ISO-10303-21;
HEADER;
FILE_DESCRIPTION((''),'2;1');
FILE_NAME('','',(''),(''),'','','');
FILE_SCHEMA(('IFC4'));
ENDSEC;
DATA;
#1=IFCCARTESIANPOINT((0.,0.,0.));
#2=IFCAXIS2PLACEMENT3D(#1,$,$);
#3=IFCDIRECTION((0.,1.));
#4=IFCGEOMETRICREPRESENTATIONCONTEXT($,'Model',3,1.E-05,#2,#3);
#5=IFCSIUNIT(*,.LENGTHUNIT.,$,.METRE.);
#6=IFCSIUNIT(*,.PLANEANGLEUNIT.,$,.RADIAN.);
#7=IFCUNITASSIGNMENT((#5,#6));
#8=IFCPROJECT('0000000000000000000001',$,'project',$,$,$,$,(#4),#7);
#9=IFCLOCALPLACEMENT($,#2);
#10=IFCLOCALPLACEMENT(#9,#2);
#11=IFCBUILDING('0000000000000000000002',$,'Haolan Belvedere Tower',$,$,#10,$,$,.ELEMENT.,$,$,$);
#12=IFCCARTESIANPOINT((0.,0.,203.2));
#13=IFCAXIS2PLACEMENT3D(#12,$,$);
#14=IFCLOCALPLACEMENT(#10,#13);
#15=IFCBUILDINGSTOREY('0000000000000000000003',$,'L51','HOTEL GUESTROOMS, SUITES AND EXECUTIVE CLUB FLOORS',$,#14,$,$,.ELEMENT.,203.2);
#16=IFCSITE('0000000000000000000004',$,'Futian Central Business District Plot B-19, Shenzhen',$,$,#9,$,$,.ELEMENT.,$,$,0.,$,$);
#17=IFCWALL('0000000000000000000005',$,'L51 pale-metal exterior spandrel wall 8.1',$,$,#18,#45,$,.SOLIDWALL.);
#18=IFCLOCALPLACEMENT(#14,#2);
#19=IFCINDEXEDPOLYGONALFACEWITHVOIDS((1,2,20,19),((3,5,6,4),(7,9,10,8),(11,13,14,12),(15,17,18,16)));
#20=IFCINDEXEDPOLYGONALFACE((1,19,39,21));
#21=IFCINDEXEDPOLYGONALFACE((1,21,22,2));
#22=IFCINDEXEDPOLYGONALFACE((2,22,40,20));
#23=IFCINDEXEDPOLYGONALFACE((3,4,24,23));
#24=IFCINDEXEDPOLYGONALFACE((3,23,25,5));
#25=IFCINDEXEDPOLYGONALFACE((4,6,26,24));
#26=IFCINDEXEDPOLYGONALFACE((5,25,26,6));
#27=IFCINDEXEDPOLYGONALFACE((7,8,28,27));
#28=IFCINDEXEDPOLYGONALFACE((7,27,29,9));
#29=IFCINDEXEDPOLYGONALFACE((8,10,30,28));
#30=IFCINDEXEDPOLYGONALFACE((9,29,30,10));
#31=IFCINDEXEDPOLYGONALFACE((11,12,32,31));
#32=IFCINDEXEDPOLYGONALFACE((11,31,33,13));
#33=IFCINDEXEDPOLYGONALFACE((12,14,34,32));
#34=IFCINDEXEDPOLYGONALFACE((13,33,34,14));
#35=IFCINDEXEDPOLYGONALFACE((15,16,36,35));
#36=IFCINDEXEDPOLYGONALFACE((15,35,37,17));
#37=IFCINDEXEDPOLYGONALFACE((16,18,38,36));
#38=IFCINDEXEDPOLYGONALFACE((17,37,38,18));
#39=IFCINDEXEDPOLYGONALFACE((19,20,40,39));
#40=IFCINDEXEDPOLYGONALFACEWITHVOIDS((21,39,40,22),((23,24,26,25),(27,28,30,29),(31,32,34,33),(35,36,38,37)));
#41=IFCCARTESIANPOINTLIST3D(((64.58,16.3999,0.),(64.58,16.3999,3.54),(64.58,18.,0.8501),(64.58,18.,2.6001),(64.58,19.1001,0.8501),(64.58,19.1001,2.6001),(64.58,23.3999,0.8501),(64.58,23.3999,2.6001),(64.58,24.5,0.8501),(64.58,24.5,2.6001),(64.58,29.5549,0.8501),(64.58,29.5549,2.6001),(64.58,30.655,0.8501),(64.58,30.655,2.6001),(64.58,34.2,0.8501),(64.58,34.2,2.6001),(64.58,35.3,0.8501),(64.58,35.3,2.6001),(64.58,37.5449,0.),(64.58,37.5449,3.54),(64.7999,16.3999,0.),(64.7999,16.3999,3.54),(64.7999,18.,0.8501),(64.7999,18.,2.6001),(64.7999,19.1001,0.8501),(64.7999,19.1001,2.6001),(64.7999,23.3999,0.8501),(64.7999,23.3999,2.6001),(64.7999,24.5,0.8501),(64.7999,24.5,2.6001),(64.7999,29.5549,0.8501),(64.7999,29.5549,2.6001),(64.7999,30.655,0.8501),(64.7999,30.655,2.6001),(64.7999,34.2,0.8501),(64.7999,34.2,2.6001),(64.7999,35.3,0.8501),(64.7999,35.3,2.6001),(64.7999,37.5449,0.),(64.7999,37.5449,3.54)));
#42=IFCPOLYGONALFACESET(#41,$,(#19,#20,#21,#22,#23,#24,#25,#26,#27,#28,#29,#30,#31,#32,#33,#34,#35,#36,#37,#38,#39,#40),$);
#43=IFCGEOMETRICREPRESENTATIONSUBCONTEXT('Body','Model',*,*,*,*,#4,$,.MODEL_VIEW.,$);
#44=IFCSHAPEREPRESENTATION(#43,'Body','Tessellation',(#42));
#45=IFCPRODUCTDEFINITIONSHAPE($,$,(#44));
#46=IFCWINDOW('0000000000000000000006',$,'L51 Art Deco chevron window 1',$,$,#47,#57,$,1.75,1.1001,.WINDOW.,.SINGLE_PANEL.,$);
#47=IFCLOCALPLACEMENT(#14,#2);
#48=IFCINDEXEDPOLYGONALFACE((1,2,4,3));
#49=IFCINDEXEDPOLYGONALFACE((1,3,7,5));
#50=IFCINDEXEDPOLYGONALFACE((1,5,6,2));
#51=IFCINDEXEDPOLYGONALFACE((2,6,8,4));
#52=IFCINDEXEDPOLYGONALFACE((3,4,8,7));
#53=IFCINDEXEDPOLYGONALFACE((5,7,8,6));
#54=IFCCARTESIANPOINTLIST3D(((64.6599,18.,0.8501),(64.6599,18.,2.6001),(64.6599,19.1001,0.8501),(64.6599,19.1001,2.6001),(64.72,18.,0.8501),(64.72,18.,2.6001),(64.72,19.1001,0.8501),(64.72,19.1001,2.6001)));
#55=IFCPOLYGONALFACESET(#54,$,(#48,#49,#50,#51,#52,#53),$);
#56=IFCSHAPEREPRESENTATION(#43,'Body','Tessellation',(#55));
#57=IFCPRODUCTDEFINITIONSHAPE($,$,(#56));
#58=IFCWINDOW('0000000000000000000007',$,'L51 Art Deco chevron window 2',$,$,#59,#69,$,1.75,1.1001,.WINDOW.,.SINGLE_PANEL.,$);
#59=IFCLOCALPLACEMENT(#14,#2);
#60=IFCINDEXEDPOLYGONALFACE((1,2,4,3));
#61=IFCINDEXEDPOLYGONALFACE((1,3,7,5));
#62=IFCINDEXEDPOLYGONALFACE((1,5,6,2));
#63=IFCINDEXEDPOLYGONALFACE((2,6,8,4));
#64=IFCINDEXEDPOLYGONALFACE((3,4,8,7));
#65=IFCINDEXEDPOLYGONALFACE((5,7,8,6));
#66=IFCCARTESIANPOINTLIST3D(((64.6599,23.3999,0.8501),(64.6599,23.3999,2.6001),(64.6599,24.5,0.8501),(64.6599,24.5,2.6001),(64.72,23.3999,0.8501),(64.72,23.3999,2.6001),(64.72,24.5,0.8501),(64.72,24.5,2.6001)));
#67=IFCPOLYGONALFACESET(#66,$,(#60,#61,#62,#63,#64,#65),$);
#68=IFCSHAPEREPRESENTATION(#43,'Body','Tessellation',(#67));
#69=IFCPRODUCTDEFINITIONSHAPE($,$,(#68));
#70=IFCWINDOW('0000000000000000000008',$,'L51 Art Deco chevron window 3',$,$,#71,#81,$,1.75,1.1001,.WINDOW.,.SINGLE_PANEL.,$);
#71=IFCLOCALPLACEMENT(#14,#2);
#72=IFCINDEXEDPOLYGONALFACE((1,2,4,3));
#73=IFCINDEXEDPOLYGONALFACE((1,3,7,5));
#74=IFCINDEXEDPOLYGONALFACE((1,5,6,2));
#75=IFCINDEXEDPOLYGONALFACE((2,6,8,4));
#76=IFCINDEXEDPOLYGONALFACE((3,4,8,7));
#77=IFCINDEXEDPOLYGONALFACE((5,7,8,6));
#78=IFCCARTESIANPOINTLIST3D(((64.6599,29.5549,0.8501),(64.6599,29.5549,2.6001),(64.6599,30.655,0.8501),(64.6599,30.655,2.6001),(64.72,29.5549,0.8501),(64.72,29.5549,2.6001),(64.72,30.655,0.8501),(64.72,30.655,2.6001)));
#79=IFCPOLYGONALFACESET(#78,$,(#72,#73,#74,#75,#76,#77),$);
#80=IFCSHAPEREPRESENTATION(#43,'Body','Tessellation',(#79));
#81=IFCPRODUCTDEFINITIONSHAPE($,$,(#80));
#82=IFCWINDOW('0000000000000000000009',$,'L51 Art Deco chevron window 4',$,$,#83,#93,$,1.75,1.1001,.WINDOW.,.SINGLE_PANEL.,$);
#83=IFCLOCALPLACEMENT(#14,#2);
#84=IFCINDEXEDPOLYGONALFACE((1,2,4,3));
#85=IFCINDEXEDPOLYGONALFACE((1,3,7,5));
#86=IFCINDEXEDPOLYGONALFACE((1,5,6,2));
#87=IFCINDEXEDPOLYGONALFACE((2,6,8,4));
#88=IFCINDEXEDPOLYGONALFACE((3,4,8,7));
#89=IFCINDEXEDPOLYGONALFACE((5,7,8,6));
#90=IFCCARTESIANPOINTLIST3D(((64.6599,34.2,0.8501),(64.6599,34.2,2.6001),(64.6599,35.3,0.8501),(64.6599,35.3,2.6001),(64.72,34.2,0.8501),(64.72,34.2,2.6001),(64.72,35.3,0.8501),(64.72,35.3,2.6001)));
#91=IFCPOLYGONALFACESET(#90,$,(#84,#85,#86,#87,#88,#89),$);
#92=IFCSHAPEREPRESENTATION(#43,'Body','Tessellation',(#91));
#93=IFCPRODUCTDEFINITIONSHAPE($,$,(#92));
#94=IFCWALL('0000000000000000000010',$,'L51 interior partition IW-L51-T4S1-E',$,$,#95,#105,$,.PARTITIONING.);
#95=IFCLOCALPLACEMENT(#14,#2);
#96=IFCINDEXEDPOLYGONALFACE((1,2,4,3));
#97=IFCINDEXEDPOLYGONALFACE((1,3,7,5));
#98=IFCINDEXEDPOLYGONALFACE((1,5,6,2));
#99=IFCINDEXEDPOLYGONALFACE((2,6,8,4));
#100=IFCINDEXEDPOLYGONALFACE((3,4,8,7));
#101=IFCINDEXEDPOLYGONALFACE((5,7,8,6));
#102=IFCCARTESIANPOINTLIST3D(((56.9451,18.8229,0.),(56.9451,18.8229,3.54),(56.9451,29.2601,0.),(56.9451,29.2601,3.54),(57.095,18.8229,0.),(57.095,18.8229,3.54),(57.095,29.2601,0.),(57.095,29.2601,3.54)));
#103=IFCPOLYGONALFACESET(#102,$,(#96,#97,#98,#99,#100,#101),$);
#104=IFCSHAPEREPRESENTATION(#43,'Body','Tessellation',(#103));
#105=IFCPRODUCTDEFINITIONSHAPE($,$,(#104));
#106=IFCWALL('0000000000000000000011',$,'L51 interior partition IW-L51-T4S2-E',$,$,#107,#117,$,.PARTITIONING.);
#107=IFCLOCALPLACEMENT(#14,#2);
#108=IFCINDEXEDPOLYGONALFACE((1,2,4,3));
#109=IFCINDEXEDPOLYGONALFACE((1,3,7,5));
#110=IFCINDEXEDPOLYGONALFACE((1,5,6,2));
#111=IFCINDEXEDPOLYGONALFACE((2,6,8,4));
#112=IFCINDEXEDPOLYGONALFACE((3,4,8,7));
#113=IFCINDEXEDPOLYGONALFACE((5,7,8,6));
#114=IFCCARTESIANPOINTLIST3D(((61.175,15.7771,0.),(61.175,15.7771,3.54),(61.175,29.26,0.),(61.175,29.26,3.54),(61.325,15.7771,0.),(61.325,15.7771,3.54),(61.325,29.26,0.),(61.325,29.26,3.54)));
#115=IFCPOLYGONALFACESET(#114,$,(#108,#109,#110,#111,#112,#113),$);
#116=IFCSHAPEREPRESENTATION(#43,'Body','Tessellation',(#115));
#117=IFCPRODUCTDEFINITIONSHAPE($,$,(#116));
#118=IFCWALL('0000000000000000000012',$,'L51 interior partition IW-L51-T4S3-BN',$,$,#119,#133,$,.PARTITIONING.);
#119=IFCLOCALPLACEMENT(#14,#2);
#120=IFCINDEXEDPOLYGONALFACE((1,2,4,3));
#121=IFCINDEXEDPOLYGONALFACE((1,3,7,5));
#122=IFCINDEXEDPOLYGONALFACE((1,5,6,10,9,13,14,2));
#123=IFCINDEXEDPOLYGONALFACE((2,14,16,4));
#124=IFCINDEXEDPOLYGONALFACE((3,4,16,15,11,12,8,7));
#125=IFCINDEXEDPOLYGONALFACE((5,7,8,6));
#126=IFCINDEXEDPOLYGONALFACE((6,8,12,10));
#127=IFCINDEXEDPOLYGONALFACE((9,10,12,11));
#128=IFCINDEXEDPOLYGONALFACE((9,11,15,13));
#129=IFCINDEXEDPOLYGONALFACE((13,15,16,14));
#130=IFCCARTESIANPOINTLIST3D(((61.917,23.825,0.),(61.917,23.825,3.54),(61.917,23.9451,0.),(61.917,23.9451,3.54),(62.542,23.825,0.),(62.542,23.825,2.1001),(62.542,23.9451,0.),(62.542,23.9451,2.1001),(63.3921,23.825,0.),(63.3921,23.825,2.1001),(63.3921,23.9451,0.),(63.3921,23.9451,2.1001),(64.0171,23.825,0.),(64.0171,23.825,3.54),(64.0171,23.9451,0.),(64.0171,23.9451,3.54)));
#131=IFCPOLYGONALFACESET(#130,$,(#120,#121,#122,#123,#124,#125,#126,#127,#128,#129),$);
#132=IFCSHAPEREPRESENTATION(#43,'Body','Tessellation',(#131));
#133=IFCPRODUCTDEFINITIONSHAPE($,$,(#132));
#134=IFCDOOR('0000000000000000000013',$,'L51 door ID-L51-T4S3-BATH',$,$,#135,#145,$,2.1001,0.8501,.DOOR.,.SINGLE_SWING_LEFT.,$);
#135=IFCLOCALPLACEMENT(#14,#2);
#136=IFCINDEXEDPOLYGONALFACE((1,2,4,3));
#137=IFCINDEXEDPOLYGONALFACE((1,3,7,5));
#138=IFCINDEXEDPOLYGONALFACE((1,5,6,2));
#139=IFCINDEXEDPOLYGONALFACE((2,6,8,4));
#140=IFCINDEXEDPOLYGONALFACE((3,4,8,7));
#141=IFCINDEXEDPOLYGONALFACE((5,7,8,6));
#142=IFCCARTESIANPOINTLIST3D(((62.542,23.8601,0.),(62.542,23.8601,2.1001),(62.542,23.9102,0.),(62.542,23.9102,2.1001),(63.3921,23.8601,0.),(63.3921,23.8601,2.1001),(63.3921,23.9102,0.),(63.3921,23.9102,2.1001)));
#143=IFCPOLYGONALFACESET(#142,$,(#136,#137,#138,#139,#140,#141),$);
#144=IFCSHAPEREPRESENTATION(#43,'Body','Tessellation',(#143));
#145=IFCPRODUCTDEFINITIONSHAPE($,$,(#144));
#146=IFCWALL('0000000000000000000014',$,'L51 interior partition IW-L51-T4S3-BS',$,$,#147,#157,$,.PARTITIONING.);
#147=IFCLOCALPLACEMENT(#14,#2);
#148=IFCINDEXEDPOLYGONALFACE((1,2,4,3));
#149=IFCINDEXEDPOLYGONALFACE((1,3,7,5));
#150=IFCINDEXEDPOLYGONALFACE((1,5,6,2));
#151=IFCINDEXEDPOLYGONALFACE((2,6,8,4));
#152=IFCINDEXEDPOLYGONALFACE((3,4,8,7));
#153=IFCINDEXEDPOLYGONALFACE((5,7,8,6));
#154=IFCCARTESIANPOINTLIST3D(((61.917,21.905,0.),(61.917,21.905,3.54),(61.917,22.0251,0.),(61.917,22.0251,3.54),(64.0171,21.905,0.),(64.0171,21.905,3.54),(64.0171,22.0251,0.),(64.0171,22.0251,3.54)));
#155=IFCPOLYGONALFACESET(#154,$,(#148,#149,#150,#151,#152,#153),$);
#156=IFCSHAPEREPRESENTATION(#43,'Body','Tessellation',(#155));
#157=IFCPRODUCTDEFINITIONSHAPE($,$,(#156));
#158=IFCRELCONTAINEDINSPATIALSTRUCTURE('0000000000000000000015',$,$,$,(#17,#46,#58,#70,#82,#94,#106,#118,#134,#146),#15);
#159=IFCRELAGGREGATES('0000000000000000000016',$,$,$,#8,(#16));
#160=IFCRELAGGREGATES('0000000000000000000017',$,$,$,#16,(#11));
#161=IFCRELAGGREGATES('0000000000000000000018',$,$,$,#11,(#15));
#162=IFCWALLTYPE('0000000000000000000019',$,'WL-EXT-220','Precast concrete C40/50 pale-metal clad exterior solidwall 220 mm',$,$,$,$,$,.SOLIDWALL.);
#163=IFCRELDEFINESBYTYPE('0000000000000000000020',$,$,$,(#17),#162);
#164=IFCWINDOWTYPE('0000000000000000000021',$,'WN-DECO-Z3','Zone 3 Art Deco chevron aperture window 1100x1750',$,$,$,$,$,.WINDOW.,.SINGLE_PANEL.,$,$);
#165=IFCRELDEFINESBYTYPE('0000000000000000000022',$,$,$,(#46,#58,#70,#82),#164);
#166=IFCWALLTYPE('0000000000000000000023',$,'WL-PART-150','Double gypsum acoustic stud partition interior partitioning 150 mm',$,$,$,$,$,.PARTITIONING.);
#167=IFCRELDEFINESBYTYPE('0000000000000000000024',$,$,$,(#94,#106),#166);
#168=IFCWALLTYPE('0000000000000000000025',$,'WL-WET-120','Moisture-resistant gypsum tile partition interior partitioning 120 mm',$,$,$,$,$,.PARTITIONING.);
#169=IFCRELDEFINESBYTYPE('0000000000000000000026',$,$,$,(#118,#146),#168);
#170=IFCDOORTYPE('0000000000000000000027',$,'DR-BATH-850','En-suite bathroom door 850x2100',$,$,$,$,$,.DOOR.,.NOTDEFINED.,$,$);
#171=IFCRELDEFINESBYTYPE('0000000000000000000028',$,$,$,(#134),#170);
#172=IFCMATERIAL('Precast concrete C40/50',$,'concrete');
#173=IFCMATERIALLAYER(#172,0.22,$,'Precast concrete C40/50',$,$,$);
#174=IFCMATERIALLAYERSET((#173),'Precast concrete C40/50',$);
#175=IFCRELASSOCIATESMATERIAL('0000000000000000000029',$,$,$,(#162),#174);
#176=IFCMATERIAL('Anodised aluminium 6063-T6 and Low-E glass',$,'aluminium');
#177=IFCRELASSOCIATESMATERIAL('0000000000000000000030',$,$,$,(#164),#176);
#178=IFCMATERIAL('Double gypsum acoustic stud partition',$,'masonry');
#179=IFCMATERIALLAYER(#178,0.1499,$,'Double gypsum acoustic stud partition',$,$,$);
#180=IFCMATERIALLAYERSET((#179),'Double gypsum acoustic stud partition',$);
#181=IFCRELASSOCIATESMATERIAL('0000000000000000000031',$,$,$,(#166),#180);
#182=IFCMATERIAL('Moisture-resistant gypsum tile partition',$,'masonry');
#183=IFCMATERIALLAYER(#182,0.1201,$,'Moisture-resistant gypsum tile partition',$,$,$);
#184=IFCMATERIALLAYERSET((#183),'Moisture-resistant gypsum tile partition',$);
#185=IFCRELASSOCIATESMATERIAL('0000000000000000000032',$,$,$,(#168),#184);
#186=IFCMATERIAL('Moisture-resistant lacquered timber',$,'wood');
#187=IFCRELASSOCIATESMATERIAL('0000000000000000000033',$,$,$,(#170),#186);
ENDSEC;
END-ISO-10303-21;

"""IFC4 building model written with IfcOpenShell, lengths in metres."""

from ifc_helpers import new_model, si_unit, direction, frame, frame_2d, origin, place, context, subcontext, project, spatial, rectangle, extrude, material, layer, layer_set, type_object, element, fill, save


model = new_model("IFC4")

# Units and contexts
model_context = context("Model", 3, precision=1e-05, world=origin(), true_north=direction((0.0, 1.0)))
body_context = subcontext(model_context, "Body", "Model", "MODEL_VIEW")
ifc_project = project(units=[si_unit("LENGTHUNIT", "METRE"), si_unit("PLANEANGLEUNIT", "RADIAN")], contexts=[model_context])

# Site, building, storey
site_placement = place(None, origin())
site = spatial("IfcSite", under=ifc_project, at=site_placement, Name="Futian Central Business District Plot B-19, Shenzhen", CompositionType="ELEMENT", RefElevation=0.0)
building_placement = place(site_placement, origin())
building = spatial("IfcBuilding", under=site, at=building_placement, Name="Haolan Belvedere Tower", CompositionType="ELEMENT")
storey_placement = place(building_placement, frame((0.0, 0.0, 203.2)))
storey = spatial("IfcBuildingStorey", under=building, at=storey_placement, Name="L51", Description="HOTEL GUESTROOMS, SUITES AND EXECUTIVE CLUB FLOORS", CompositionType="ELEMENT", Elevation=203.2)

# Shared definitions
ifc_material_1 = material(Name="Precast concrete C40/50", Category="concrete")
ifc_layer_1 = layer(ifc_material_1, 0.22, Name="Precast concrete C40/50")
ifc_layer_set_1 = layer_set([ifc_layer_1], Name="Precast concrete C40/50")
wall_type_1 = type_object("IfcWallType", Name="WL-EXT-220", Description="Precast concrete C40/50 pale-metal clad exterior solidwall 220 mm", PredefinedType="SOLIDWALL", material=ifc_layer_set_1)
ifc_material_2 = material(Name="Anodised aluminium 6063-T6 and Low-E glass", Category="aluminium")
window_type = type_object("IfcWindowType", Name="WN-DECO-Z3", Description="Zone 3 Art Deco chevron aperture window 1100x1750", PartitioningType="SINGLE_PANEL", PredefinedType="WINDOW", material=ifc_material_2)

# Wall, openings, windows
wall_1_placement = place(storey_placement, frame((64.6899, 16.3999, 0.0), z_axis=(0.0, 0.0, 1.0), x_axis=(0.0, 1.0, 0.0)))
wall_1 = element("IfcWall", 1, at=wall_1_placement, inside=storey, type_object=wall_type_1, Name="L51 pale-metal exterior spandrel wall 8.1", PredefinedType="SOLIDWALL", context=body_context, shape_type="SweptSolid", body=[
    extrude(rectangle(XDim=21.145, YDim=0.22, at=frame_2d((10.5725, 0.0))), origin(), (0.0, 0.0, 1.0), 3.54),
])
opening_1_placement = place(wall_1_placement, frame((1.6001, 0.0, 0.8501)))
opening_1 = element("IfcOpeningElement", 2, at=opening_1_placement, cuts=wall_1, PredefinedType="OPENING", context=body_context, shape_type="SweptSolid", body=[
    extrude(rectangle(XDim=1.1001, YDim=1.75, at=frame_2d((0.55, 0.875))), frame((0.0, 0.1199, 0.0), z_axis=(0.0, -1.0, 0.0), x_axis=(1.0, 0.0, 0.0)), (0.0, 0.0, 1.0), 0.24),
])
opening_2_placement = place(wall_1_placement, frame((7.0, 0.0, 0.8501)))
opening_2 = element("IfcOpeningElement", 3, at=opening_2_placement, cuts=wall_1, PredefinedType="OPENING", context=body_context, shape_type="SweptSolid", body=[
    extrude(rectangle(XDim=1.1001, YDim=1.75, at=frame_2d((0.55, 0.875))), frame((0.0, 0.1199, 0.0), z_axis=(0.0, -1.0, 0.0), x_axis=(1.0, 0.0, 0.0)), (0.0, 0.0, 1.0), 0.24),
])
opening_3_placement = place(wall_1_placement, frame((13.155, 0.0, 0.8501)))
opening_3 = element("IfcOpeningElement", 4, at=opening_3_placement, cuts=wall_1, PredefinedType="OPENING", context=body_context, shape_type="SweptSolid", body=[
    extrude(rectangle(XDim=1.1001, YDim=1.75, at=frame_2d((0.55, 0.875))), frame((0.0, 0.1199, 0.0), z_axis=(0.0, -1.0, 0.0), x_axis=(1.0, 0.0, 0.0)), (0.0, 0.0, 1.0), 0.24),
])
opening_4_placement = place(wall_1_placement, frame((17.8, 0.0, 0.8501)))
opening_4 = element("IfcOpeningElement", 5, at=opening_4_placement, cuts=wall_1, PredefinedType="OPENING", context=body_context, shape_type="SweptSolid", body=[
    extrude(rectangle(XDim=1.1001, YDim=1.75, at=frame_2d((0.55, 0.875))), frame((0.0, 0.1199, 0.0), z_axis=(0.0, -1.0, 0.0), x_axis=(1.0, 0.0, 0.0)), (0.0, 0.0, 1.0), 0.24),
])
window_1_placement = place(opening_1_placement, origin())
window_1 = element("IfcWindow", 6, at=window_1_placement, inside=storey, type_object=window_type, Name="L51 Art Deco chevron window 1", OverallHeight=1.75, OverallWidth=1.1001, PartitioningType="SINGLE_PANEL", PredefinedType="WINDOW", context=body_context, shape_type="SweptSolid", body=[
    extrude(rectangle(XDim=1.1001, YDim=1.75, at=frame_2d((0.55, 0.875))), frame((0.0, 0.03, 0.0), z_axis=(0.0, -1.0, 0.0), x_axis=(1.0, 0.0, 0.0)), (0.0, 0.0, 1.0), 0.0601),
])
fill(opening_1, window_1)
window_2_placement = place(opening_2_placement, origin())
window_2 = element("IfcWindow", 7, at=window_2_placement, inside=storey, type_object=window_type, Name="L51 Art Deco chevron window 2", OverallHeight=1.75, OverallWidth=1.1001, PartitioningType="SINGLE_PANEL", PredefinedType="WINDOW", context=body_context, shape_type="SweptSolid", body=[
    extrude(rectangle(XDim=1.1001, YDim=1.75, at=frame_2d((0.55, 0.875))), frame((0.0, 0.03, 0.0), z_axis=(0.0, -1.0, 0.0), x_axis=(1.0, 0.0, 0.0)), (0.0, 0.0, 1.0), 0.0601),
])
fill(opening_2, window_2)
window_3_placement = place(opening_3_placement, origin())
window_3 = element("IfcWindow", 8, at=window_3_placement, inside=storey, type_object=window_type, Name="L51 Art Deco chevron window 3", OverallHeight=1.75, OverallWidth=1.1001, PartitioningType="SINGLE_PANEL", PredefinedType="WINDOW", context=body_context, shape_type="SweptSolid", body=[
    extrude(rectangle(XDim=1.1001, YDim=1.75, at=frame_2d((0.55, 0.875))), frame((0.0, 0.03, 0.0), z_axis=(0.0, -1.0, 0.0), x_axis=(1.0, 0.0, 0.0)), (0.0, 0.0, 1.0), 0.0601),
])
fill(opening_3, window_3)
window_4_placement = place(opening_4_placement, origin())
window_4 = element("IfcWindow", 9, at=window_4_placement, inside=storey, type_object=window_type, Name="L51 Art Deco chevron window 4", OverallHeight=1.75, OverallWidth=1.1001, PartitioningType="SINGLE_PANEL", PredefinedType="WINDOW", context=body_context, shape_type="SweptSolid", body=[
    extrude(rectangle(XDim=1.1001, YDim=1.75, at=frame_2d((0.55, 0.875))), frame((0.0, 0.03, 0.0), z_axis=(0.0, -1.0, 0.0), x_axis=(1.0, 0.0, 0.0)), (0.0, 0.0, 1.0), 0.0601),
])
fill(opening_4, window_4)

# Walls
ifc_material_3 = material(Name="Double gypsum acoustic stud partition", Category="masonry")
ifc_layer_2 = layer(ifc_material_3, 0.1499, Name="Double gypsum acoustic stud partition")
ifc_layer_set_2 = layer_set([ifc_layer_2], Name="Double gypsum acoustic stud partition")
wall_type_2 = type_object("IfcWallType", Name="WL-PART-150", Description="Double gypsum acoustic stud partition interior partitioning 150 mm", PredefinedType="PARTITIONING", material=ifc_layer_set_2)
wall_2_placement = place(storey_placement, frame((57.02, 18.8228, 0.0), z_axis=(0.0, 0.0, 1.0), x_axis=(0.0, 1.0, 0.0)))
element("IfcWall", 10, at=wall_2_placement, inside=storey, type_object=wall_type_2, Name="L51 interior partition IW-L51-T4S1-E", PredefinedType="PARTITIONING", context=body_context, shape_type="SweptSolid", body=[
    extrude(rectangle(XDim=10.4373, YDim=0.1499, at=frame_2d((5.2188, 0.0))), origin(), (0.0, 0.0, 1.0), 3.54),
])
wall_3_placement = place(storey_placement, frame((61.25, 15.7771, 0.0), z_axis=(0.0, 0.0, 1.0), x_axis=(0.0, 1.0, 0.0)))
element("IfcWall", 11, at=wall_3_placement, inside=storey, type_object=wall_type_2, Name="L51 interior partition IW-L51-T4S2-E", PredefinedType="PARTITIONING", context=body_context, shape_type="SweptSolid", body=[
    extrude(rectangle(XDim=13.4829, YDim=0.1499, at=frame_2d((6.7415, 0.0))), origin(), (0.0, 0.0, 1.0), 3.54),
])

# Wall, opening, door
ifc_material_4 = material(Name="Moisture-resistant gypsum tile partition", Category="masonry")
ifc_layer_3 = layer(ifc_material_4, 0.1201, Name="Moisture-resistant gypsum tile partition")
ifc_layer_set_3 = layer_set([ifc_layer_3], Name="Moisture-resistant gypsum tile partition")
wall_type_3 = type_object("IfcWallType", Name="WL-WET-120", Description="Moisture-resistant gypsum tile partition interior partitioning 120 mm", PredefinedType="PARTITIONING", material=ifc_layer_set_3)
wall_4_placement = place(storey_placement, frame((61.917, 23.885, 0.0), z_axis=(0.0, 0.0, 1.0), x_axis=(1.0, 0.0, 0.0)))
wall_4 = element("IfcWall", 12, at=wall_4_placement, inside=storey, type_object=wall_type_3, Name="L51 interior partition IW-L51-T4S3-BN", PredefinedType="PARTITIONING", context=body_context, shape_type="SweptSolid", body=[
    extrude(rectangle(XDim=2.1001, YDim=0.1201, at=frame_2d((1.05, 0.0))), origin(), (0.0, 0.0, 1.0), 3.54),
])
opening_5_placement = place(wall_4_placement, frame((1.4751, 0.0, 0.0), z_axis=(0.0, 0.0, 1.0), x_axis=(-1.0, 0.0, 0.0)))
opening_5 = element("IfcOpeningElement", 13, at=opening_5_placement, cuts=wall_4, PredefinedType="OPENING", context=body_context, shape_type="SweptSolid", body=[
    extrude(rectangle(XDim=0.8501, YDim=2.1001, at=frame_2d((0.425, 1.05))), frame((0.0, 0.0701, 0.0), z_axis=(0.0, -1.0, 0.0), x_axis=(1.0, 0.0, 0.0)), (0.0, 0.0, 1.0), 0.1401),
])
ifc_material_5 = material(Name="Moisture-resistant lacquered timber", Category="wood")
door_type = type_object("IfcDoorType", Name="DR-BATH-850", Description="En-suite bathroom door 850x2100", OperationType="NOTDEFINED", PredefinedType="DOOR", material=ifc_material_5)
door_placement = place(opening_5_placement, origin())
door = element("IfcDoor", 14, at=door_placement, inside=storey, type_object=door_type, Name="L51 door ID-L51-T4S3-BATH", OperationType="SINGLE_SWING_LEFT", OverallHeight=2.1001, OverallWidth=0.8501, PredefinedType="DOOR", context=body_context, shape_type="SweptSolid", body=[
    extrude(rectangle(XDim=0.8501, YDim=2.1001, at=frame_2d((0.425, 1.05))), frame((0.0, 0.0249, 0.0), z_axis=(0.0, -1.0, 0.0), x_axis=(1.0, 0.0, 0.0)), (0.0, 0.0, 1.0), 0.05),
])
fill(opening_5, door)

# Wall
wall_5_placement = place(storey_placement, frame((61.917, 21.9651, 0.0), z_axis=(0.0, 0.0, 1.0), x_axis=(1.0, 0.0, 0.0)))
element("IfcWall", 15, at=wall_5_placement, inside=storey, type_object=wall_type_3, Name="L51 interior partition IW-L51-T4S3-BS", PredefinedType="PARTITIONING", context=body_context, shape_type="SweptSolid", body=[
    extrude(rectangle(XDim=2.1001, YDim=0.1201, at=frame_2d((1.05, 0.0))), origin(), (0.0, 0.0, 1.0), 3.54),
])

save(model, "model.ifc")
